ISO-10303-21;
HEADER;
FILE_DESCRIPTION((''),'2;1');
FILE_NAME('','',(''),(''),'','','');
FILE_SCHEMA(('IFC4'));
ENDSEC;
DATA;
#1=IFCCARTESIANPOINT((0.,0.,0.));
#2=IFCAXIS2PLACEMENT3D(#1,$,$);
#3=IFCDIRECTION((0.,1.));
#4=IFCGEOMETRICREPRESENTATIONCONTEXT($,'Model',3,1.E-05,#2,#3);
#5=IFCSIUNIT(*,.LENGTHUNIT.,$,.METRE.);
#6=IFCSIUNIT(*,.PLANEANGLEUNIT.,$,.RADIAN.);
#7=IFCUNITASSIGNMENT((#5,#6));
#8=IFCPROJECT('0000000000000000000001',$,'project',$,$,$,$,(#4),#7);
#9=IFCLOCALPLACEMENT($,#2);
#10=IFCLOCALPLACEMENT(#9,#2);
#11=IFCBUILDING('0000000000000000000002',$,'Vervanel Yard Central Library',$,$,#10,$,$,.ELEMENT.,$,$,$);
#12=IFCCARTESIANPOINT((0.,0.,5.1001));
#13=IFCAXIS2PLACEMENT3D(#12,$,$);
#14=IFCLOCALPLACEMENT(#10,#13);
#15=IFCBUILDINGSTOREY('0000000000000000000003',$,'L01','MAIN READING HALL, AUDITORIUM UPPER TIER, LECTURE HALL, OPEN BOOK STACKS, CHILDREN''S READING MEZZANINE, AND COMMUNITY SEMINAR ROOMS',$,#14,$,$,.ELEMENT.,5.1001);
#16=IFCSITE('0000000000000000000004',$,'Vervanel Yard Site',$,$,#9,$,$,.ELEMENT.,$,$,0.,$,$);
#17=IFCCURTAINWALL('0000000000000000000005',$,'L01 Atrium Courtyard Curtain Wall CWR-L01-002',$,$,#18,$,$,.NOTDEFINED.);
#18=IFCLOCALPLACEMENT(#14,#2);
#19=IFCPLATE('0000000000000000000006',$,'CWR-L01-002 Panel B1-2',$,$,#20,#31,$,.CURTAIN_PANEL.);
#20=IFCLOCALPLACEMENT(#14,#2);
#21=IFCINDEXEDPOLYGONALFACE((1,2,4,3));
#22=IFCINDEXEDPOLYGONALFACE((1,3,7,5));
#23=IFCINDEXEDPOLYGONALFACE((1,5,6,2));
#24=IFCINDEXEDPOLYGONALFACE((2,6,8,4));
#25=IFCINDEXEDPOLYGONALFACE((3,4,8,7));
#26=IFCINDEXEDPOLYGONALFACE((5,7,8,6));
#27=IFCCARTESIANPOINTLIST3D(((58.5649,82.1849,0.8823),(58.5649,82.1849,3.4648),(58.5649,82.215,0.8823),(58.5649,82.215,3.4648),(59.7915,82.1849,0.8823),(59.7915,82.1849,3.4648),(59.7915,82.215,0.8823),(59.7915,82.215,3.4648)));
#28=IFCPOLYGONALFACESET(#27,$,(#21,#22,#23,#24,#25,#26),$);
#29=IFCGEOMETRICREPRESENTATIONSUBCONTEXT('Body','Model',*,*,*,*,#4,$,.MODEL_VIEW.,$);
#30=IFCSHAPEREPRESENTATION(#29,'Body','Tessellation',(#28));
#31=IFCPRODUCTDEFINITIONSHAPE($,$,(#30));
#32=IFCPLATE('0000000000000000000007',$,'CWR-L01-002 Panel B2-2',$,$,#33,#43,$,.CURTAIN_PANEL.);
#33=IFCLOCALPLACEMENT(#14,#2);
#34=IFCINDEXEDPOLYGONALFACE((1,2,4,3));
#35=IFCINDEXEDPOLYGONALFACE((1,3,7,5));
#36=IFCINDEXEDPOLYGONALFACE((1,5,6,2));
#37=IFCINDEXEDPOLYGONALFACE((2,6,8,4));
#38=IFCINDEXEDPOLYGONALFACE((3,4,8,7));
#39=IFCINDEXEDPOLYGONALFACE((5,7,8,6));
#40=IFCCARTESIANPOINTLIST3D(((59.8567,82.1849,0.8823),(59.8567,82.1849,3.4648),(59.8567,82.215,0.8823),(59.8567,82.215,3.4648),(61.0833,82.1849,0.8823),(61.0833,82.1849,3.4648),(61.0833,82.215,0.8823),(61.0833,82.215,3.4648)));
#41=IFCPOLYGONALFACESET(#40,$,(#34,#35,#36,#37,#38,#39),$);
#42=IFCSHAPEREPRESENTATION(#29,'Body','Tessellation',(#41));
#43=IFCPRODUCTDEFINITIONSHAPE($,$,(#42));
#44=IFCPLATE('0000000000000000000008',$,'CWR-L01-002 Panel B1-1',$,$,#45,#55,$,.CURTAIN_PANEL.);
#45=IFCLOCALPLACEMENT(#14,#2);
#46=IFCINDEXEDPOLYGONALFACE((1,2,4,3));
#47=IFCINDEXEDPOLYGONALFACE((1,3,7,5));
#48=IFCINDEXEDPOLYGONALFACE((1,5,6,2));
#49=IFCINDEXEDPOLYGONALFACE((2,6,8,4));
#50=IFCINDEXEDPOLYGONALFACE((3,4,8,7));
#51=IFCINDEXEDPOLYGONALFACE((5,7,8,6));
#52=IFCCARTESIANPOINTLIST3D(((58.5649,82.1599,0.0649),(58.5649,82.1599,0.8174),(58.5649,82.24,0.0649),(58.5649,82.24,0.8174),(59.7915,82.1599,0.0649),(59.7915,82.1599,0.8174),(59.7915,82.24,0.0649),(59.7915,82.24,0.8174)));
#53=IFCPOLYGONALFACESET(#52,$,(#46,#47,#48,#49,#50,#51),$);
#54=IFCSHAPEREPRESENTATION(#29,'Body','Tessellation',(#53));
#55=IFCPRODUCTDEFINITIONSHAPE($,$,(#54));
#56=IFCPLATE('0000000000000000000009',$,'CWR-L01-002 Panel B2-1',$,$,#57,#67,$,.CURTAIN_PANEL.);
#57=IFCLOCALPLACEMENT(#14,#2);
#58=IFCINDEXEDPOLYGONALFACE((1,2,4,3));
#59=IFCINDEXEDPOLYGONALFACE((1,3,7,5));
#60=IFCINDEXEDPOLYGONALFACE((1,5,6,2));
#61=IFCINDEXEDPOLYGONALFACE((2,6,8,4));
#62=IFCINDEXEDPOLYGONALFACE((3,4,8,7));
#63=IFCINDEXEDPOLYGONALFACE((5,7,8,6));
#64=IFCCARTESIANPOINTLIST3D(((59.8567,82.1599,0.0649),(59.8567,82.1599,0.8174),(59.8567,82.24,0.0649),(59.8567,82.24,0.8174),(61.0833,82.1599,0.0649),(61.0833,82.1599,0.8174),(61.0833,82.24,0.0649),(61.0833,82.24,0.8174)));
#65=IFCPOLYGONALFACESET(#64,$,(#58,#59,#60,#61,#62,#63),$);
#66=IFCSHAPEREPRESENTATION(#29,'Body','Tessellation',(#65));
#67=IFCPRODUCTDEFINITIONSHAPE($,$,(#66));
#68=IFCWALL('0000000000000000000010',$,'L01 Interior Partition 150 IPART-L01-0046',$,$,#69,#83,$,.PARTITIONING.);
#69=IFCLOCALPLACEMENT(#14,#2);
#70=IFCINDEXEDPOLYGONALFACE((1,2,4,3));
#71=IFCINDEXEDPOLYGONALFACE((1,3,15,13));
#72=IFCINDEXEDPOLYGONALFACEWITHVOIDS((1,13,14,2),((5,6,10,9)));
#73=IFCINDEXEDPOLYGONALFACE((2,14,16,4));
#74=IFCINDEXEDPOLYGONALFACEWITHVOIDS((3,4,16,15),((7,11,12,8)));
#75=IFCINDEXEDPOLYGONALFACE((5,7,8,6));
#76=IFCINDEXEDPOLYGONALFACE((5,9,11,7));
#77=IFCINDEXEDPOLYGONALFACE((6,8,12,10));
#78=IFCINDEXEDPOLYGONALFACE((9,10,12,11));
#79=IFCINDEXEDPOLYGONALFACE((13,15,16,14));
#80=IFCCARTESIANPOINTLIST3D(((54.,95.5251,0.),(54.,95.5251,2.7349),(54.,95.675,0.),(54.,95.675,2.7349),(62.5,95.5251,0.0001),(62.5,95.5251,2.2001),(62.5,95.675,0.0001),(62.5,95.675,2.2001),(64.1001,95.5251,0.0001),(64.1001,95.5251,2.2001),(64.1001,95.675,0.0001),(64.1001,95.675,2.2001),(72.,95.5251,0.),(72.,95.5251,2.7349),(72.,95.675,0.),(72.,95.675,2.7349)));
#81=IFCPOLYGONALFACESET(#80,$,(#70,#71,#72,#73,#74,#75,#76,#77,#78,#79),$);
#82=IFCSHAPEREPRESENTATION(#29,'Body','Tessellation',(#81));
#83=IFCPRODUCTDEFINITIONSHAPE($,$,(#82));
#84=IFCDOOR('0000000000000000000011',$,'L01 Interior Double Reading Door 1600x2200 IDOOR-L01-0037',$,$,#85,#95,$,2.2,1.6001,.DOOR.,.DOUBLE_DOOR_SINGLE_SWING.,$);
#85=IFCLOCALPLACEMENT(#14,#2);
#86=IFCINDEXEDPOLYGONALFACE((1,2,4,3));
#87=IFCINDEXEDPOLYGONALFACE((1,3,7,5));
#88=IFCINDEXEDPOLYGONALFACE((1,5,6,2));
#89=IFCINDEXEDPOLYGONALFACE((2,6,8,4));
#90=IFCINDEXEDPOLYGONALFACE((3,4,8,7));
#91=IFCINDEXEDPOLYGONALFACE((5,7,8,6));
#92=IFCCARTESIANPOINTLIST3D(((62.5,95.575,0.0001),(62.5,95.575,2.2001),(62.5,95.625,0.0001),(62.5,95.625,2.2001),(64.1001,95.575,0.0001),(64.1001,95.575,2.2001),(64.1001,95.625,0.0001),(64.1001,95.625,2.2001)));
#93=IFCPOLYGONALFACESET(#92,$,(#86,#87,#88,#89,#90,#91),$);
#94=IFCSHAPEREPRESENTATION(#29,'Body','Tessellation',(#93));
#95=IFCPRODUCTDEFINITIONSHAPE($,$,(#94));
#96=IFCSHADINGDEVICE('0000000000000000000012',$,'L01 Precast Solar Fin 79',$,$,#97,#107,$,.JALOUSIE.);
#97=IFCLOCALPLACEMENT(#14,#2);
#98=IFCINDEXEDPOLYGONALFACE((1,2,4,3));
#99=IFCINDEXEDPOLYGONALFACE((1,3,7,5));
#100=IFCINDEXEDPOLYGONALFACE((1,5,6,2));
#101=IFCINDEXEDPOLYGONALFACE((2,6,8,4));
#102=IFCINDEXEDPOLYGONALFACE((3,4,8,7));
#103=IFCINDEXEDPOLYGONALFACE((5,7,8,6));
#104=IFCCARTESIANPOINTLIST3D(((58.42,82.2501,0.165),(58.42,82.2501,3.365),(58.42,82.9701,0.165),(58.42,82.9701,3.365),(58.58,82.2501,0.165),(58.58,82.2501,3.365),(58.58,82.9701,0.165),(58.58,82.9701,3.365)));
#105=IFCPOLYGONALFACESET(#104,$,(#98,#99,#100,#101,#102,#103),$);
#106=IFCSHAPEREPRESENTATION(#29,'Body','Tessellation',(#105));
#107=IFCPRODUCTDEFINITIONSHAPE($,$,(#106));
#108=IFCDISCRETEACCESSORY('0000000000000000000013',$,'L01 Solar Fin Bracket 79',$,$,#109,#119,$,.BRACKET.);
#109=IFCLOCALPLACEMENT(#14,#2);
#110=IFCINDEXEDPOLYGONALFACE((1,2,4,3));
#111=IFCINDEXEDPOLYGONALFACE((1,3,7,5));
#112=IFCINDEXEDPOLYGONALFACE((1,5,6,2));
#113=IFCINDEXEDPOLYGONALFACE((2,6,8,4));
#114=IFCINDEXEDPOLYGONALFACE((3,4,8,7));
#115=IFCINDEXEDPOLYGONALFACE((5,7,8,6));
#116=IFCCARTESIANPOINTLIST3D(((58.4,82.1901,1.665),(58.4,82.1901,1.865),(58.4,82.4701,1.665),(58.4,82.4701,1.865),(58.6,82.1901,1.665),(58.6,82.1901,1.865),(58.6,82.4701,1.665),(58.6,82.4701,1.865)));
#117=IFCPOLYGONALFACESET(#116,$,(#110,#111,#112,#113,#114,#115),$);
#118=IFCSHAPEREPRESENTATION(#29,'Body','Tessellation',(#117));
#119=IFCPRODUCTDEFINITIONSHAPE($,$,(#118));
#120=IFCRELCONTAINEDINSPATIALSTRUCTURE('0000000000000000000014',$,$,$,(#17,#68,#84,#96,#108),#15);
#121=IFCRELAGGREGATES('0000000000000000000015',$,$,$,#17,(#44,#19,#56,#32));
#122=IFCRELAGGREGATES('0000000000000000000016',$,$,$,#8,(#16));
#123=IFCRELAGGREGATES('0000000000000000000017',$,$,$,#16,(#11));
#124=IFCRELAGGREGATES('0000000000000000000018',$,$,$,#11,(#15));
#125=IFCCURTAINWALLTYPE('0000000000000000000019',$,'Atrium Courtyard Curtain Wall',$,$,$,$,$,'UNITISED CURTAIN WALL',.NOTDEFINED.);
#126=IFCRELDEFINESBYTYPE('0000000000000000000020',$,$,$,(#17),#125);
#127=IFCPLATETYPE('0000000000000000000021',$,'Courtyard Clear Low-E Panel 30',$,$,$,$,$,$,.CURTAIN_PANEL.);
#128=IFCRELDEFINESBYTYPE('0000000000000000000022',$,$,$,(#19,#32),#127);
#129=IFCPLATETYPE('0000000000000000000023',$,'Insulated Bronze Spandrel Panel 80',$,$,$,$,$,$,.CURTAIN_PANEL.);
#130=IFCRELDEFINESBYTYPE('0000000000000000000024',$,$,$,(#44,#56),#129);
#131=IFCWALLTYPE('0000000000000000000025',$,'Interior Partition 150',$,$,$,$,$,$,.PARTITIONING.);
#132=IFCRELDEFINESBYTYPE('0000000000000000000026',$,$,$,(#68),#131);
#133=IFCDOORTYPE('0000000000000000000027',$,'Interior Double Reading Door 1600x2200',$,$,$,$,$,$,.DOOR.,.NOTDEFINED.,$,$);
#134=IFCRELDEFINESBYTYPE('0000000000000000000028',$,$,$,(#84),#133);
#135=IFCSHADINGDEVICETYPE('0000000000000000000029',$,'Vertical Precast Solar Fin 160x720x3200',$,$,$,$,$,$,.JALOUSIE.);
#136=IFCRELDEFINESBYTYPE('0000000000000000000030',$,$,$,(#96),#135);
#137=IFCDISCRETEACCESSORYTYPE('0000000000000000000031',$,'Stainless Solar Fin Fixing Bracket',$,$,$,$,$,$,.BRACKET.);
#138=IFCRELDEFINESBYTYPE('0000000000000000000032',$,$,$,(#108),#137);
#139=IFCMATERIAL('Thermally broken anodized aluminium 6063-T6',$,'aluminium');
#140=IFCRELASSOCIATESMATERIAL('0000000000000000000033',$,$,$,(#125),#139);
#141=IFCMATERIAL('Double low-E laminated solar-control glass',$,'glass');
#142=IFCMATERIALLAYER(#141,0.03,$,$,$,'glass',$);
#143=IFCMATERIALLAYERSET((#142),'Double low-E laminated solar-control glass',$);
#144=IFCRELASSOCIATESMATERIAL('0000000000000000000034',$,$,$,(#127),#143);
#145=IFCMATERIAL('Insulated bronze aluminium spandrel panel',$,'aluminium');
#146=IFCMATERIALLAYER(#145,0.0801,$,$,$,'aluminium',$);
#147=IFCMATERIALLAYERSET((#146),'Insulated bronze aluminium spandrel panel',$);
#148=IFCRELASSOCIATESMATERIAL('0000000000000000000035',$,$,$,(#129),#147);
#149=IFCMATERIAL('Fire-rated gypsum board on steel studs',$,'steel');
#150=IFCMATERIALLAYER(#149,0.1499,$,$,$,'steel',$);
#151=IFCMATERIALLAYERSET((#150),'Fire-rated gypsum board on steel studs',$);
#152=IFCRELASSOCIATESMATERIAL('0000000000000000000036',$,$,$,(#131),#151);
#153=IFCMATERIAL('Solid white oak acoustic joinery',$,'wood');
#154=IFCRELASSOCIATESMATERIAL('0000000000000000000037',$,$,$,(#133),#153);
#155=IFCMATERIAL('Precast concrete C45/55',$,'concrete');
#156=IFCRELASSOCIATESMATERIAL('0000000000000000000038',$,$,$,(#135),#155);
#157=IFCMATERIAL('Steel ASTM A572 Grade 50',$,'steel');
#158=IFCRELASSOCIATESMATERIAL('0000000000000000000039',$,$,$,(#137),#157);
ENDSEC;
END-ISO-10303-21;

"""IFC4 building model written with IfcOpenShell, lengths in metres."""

from ifc_helpers import new_model, si_unit, direction, frame, frame_2d, origin, origin_2d, place, context, subcontext, project, spatial, rectangle, extrude, material, layer, layer_set, type_object, element, fill, aggregate, save


model = new_model("IFC4")

# Units and contexts
model_context = context("Model", 3, precision=1e-05, world=origin(), true_north=direction((0.0, 1.0)))
body_context = subcontext(model_context, "Body", "Model", "MODEL_VIEW")
ifc_project = project(units=[si_unit("LENGTHUNIT", "METRE"), si_unit("PLANEANGLEUNIT", "RADIAN")], contexts=[model_context])

# Site, building, storey
site_placement = place(None, origin())
site = spatial("IfcSite", under=ifc_project, at=site_placement, Name="Vervanel Yard Site", CompositionType="ELEMENT", RefElevation=0.0)
building_placement = place(site_placement, origin())
building = spatial("IfcBuilding", under=site, at=building_placement, Name="Vervanel Yard Central Library", CompositionType="ELEMENT")
storey_placement = place(building_placement, frame((0.0, 0.0, 5.1001)))
storey = spatial("IfcBuildingStorey", under=building, at=storey_placement, Name="L01", Description="MAIN READING HALL, AUDITORIUM UPPER TIER, LECTURE HALL, OPEN BOOK STACKS, CHILDREN'S READING MEZZANINE, AND COMMUNITY SEMINAR ROOMS", CompositionType="ELEMENT", Elevation=5.1001)

# Curtain wall, plates
ifc_material_1 = material(Name="Thermally broken anodized aluminium 6063-T6", Category="aluminium")
curtain_wall_type = type_object("IfcCurtainWallType", Name="Atrium Courtyard Curtain Wall", ElementType="UNITISED CURTAIN WALL", PredefinedType="NOTDEFINED", material=ifc_material_1)
curtain_wall_placement = place(storey_placement, origin())
curtain_wall = element("IfcCurtainWall", 1, at=curtain_wall_placement, inside=storey, type_object=curtain_wall_type, Name="L01 Atrium Courtyard Curtain Wall CWR-L01-002", PredefinedType="NOTDEFINED")
ifc_material_2 = material(Name="Double low-E laminated solar-control glass", Category="glass")
ifc_layer_1 = layer(ifc_material_2, 0.03, Category="glass")
ifc_layer_set_1 = layer_set([ifc_layer_1], Name="Double low-E laminated solar-control glass")
plate_type_1 = type_object("IfcPlateType", Name="Courtyard Clear Low-E Panel 30", PredefinedType="CURTAIN_PANEL", material=ifc_layer_set_1)
plate_1_placement = place(storey_placement, frame((59.1782, 82.2, 0.8823), z_axis=(0.0, 0.0, 1.0), x_axis=(1.0, 0.0, 0.0)))
plate_1 = element("IfcPlate", 2, at=plate_1_placement, type_object=plate_type_1, Name="CWR-L01-002 Panel B1-2", PredefinedType="CURTAIN_PANEL", context=body_context, shape_type="SweptSolid", body=[
    extrude(rectangle(XDim=1.2266, YDim=0.03, at=origin_2d()), origin(), (0.0, 0.0, 1.0), 2.5825),
])
plate_2_placement = place(storey_placement, frame((60.47, 82.2, 0.8823), z_axis=(0.0, 0.0, 1.0), x_axis=(1.0, 0.0, 0.0)))
plate_2 = element("IfcPlate", 3, at=plate_2_placement, type_object=plate_type_1, Name="CWR-L01-002 Panel B2-2", PredefinedType="CURTAIN_PANEL", context=body_context, shape_type="SweptSolid", body=[
    extrude(rectangle(XDim=1.2266, YDim=0.03, at=origin_2d()), origin(), (0.0, 0.0, 1.0), 2.5825),
])
ifc_material_3 = material(Name="Insulated bronze aluminium spandrel panel", Category="aluminium")
ifc_layer_2 = layer(ifc_material_3, 0.0801, Category="aluminium")
ifc_layer_set_2 = layer_set([ifc_layer_2], Name="Insulated bronze aluminium spandrel panel")
plate_type_2 = type_object("IfcPlateType", Name="Insulated Bronze Spandrel Panel 80", PredefinedType="CURTAIN_PANEL", material=ifc_layer_set_2)
plate_3_placement = place(storey_placement, frame((59.1782, 82.2, 0.0649), z_axis=(0.0, 0.0, 1.0), x_axis=(1.0, 0.0, 0.0)))
plate_3 = element("IfcPlate", 4, at=plate_3_placement, type_object=plate_type_2, Name="CWR-L01-002 Panel B1-1", PredefinedType="CURTAIN_PANEL", context=body_context, shape_type="SweptSolid", body=[
    extrude(rectangle(XDim=1.2266, YDim=0.0801, at=origin_2d()), origin(), (0.0, 0.0, 1.0), 0.7524),
])
plate_4_placement = place(storey_placement, frame((60.47, 82.2, 0.0649), z_axis=(0.0, 0.0, 1.0), x_axis=(1.0, 0.0, 0.0)))
plate_4 = element("IfcPlate", 5, at=plate_4_placement, type_object=plate_type_2, Name="CWR-L01-002 Panel B2-1", PredefinedType="CURTAIN_PANEL", context=body_context, shape_type="SweptSolid", body=[
    extrude(rectangle(XDim=1.2266, YDim=0.0801, at=origin_2d()), origin(), (0.0, 0.0, 1.0), 0.7524),
])
aggregate(curtain_wall, [plate_3, plate_1, plate_4, plate_2])

# Wall, opening, door
ifc_material_4 = material(Name="Fire-rated gypsum board on steel studs", Category="steel")
ifc_layer_3 = layer(ifc_material_4, 0.1499, Category="steel")
ifc_layer_set_3 = layer_set([ifc_layer_3], Name="Fire-rated gypsum board on steel studs")
wall_type = type_object("IfcWallType", Name="Interior Partition 150", PredefinedType="PARTITIONING", material=ifc_layer_set_3)
wall_placement = place(storey_placement, frame((54.0, 95.6001, 0.0), z_axis=(0.0, 0.0, 1.0), x_axis=(1.0, 0.0, 0.0)))
wall = element("IfcWall", 6, at=wall_placement, inside=storey, type_object=wall_type, Name="L01 Interior Partition 150 IPART-L01-0046", PredefinedType="PARTITIONING", context=body_context, shape_type="SweptSolid", body=[
    extrude(rectangle(XDim=18.0, YDim=0.1499, at=frame_2d((9.0, 0.0))), origin(), (0.0, 0.0, 1.0), 2.7349),
])
opening_placement = place(wall_placement, frame((8.5, 0.0, 0.0)))
opening = element("IfcOpeningElement", 7, at=opening_placement, cuts=wall, PredefinedType="OPENING", context=body_context, shape_type="SweptSolid", body=[
    extrude(rectangle(XDim=1.6001, YDim=2.2, at=frame_2d((0.8, 1.1001))), frame((0.0, 0.085, 0.0), z_axis=(0.0, -1.0, 0.0), x_axis=(1.0, 0.0, 0.0)), (0.0, 0.0, 1.0), 0.1699),
])
ifc_material_5 = material(Name="Solid white oak acoustic joinery", Category="wood")
door_type = type_object("IfcDoorType", Name="Interior Double Reading Door 1600x2200", OperationType="NOTDEFINED", PredefinedType="DOOR", material=ifc_material_5)
door_placement = place(opening_placement, origin())
door = element("IfcDoor", 8, at=door_placement, inside=storey, type_object=door_type, Name="L01 Interior Double Reading Door 1600x2200 IDOOR-L01-0037", OperationType="DOUBLE_DOOR_SINGLE_SWING", OverallHeight=2.2, OverallWidth=1.6001, PredefinedType="DOOR", context=body_context, shape_type="SweptSolid", body=[
    extrude(rectangle(XDim=1.6001, YDim=2.2, at=frame_2d((0.8, 1.1001))), frame((0.0, 0.0249, 0.0), z_axis=(0.0, -1.0, 0.0), x_axis=(1.0, 0.0, 0.0)), (0.0, 0.0, 1.0), 0.05),
])
fill(opening, door)

# Shading device
ifc_material_6 = material(Name="Precast concrete C45/55", Category="concrete")
shading_device_type = type_object("IfcShadingDeviceType", Name="Vertical Precast Solar Fin 160x720x3200", PredefinedType="JALOUSIE", material=ifc_material_6)
shading_device_placement = place(storey_placement, frame((58.5, 82.6101, 0.165), z_axis=(0.0, 0.0, 1.0), x_axis=(1.0, 0.0, 0.0)))
element("IfcShadingDevice", 9, at=shading_device_placement, inside=storey, type_object=shading_device_type, Name="L01 Precast Solar Fin 79", PredefinedType="JALOUSIE", context=body_context, shape_type="SweptSolid", body=[
    extrude(rectangle(XDim=0.1599, YDim=0.72, at=origin_2d()), origin(), (0.0, 0.0, 1.0), 3.2),
])

# Discrete accessory
ifc_material_7 = material(Name="Steel ASTM A572 Grade 50", Category="steel")
discrete_accessory_type = type_object("IfcDiscreteAccessoryType", Name="Stainless Solar Fin Fixing Bracket", PredefinedType="BRACKET", material=ifc_material_7)
discrete_accessory_placement = place(storey_placement, frame((58.5, 82.3301, 1.665), z_axis=(0.0, 0.0, 1.0), x_axis=(1.0, 0.0, 0.0)))
element("IfcDiscreteAccessory", 10, at=discrete_accessory_placement, inside=storey, type_object=discrete_accessory_type, Name="L01 Solar Fin Bracket 79", PredefinedType="BRACKET", context=body_context, shape_type="SweptSolid", body=[
    extrude(rectangle(XDim=0.2, YDim=0.28, at=origin_2d()), origin(), (0.0, 0.0, 1.0), 0.2),
])

save(model, "model.ifc")
